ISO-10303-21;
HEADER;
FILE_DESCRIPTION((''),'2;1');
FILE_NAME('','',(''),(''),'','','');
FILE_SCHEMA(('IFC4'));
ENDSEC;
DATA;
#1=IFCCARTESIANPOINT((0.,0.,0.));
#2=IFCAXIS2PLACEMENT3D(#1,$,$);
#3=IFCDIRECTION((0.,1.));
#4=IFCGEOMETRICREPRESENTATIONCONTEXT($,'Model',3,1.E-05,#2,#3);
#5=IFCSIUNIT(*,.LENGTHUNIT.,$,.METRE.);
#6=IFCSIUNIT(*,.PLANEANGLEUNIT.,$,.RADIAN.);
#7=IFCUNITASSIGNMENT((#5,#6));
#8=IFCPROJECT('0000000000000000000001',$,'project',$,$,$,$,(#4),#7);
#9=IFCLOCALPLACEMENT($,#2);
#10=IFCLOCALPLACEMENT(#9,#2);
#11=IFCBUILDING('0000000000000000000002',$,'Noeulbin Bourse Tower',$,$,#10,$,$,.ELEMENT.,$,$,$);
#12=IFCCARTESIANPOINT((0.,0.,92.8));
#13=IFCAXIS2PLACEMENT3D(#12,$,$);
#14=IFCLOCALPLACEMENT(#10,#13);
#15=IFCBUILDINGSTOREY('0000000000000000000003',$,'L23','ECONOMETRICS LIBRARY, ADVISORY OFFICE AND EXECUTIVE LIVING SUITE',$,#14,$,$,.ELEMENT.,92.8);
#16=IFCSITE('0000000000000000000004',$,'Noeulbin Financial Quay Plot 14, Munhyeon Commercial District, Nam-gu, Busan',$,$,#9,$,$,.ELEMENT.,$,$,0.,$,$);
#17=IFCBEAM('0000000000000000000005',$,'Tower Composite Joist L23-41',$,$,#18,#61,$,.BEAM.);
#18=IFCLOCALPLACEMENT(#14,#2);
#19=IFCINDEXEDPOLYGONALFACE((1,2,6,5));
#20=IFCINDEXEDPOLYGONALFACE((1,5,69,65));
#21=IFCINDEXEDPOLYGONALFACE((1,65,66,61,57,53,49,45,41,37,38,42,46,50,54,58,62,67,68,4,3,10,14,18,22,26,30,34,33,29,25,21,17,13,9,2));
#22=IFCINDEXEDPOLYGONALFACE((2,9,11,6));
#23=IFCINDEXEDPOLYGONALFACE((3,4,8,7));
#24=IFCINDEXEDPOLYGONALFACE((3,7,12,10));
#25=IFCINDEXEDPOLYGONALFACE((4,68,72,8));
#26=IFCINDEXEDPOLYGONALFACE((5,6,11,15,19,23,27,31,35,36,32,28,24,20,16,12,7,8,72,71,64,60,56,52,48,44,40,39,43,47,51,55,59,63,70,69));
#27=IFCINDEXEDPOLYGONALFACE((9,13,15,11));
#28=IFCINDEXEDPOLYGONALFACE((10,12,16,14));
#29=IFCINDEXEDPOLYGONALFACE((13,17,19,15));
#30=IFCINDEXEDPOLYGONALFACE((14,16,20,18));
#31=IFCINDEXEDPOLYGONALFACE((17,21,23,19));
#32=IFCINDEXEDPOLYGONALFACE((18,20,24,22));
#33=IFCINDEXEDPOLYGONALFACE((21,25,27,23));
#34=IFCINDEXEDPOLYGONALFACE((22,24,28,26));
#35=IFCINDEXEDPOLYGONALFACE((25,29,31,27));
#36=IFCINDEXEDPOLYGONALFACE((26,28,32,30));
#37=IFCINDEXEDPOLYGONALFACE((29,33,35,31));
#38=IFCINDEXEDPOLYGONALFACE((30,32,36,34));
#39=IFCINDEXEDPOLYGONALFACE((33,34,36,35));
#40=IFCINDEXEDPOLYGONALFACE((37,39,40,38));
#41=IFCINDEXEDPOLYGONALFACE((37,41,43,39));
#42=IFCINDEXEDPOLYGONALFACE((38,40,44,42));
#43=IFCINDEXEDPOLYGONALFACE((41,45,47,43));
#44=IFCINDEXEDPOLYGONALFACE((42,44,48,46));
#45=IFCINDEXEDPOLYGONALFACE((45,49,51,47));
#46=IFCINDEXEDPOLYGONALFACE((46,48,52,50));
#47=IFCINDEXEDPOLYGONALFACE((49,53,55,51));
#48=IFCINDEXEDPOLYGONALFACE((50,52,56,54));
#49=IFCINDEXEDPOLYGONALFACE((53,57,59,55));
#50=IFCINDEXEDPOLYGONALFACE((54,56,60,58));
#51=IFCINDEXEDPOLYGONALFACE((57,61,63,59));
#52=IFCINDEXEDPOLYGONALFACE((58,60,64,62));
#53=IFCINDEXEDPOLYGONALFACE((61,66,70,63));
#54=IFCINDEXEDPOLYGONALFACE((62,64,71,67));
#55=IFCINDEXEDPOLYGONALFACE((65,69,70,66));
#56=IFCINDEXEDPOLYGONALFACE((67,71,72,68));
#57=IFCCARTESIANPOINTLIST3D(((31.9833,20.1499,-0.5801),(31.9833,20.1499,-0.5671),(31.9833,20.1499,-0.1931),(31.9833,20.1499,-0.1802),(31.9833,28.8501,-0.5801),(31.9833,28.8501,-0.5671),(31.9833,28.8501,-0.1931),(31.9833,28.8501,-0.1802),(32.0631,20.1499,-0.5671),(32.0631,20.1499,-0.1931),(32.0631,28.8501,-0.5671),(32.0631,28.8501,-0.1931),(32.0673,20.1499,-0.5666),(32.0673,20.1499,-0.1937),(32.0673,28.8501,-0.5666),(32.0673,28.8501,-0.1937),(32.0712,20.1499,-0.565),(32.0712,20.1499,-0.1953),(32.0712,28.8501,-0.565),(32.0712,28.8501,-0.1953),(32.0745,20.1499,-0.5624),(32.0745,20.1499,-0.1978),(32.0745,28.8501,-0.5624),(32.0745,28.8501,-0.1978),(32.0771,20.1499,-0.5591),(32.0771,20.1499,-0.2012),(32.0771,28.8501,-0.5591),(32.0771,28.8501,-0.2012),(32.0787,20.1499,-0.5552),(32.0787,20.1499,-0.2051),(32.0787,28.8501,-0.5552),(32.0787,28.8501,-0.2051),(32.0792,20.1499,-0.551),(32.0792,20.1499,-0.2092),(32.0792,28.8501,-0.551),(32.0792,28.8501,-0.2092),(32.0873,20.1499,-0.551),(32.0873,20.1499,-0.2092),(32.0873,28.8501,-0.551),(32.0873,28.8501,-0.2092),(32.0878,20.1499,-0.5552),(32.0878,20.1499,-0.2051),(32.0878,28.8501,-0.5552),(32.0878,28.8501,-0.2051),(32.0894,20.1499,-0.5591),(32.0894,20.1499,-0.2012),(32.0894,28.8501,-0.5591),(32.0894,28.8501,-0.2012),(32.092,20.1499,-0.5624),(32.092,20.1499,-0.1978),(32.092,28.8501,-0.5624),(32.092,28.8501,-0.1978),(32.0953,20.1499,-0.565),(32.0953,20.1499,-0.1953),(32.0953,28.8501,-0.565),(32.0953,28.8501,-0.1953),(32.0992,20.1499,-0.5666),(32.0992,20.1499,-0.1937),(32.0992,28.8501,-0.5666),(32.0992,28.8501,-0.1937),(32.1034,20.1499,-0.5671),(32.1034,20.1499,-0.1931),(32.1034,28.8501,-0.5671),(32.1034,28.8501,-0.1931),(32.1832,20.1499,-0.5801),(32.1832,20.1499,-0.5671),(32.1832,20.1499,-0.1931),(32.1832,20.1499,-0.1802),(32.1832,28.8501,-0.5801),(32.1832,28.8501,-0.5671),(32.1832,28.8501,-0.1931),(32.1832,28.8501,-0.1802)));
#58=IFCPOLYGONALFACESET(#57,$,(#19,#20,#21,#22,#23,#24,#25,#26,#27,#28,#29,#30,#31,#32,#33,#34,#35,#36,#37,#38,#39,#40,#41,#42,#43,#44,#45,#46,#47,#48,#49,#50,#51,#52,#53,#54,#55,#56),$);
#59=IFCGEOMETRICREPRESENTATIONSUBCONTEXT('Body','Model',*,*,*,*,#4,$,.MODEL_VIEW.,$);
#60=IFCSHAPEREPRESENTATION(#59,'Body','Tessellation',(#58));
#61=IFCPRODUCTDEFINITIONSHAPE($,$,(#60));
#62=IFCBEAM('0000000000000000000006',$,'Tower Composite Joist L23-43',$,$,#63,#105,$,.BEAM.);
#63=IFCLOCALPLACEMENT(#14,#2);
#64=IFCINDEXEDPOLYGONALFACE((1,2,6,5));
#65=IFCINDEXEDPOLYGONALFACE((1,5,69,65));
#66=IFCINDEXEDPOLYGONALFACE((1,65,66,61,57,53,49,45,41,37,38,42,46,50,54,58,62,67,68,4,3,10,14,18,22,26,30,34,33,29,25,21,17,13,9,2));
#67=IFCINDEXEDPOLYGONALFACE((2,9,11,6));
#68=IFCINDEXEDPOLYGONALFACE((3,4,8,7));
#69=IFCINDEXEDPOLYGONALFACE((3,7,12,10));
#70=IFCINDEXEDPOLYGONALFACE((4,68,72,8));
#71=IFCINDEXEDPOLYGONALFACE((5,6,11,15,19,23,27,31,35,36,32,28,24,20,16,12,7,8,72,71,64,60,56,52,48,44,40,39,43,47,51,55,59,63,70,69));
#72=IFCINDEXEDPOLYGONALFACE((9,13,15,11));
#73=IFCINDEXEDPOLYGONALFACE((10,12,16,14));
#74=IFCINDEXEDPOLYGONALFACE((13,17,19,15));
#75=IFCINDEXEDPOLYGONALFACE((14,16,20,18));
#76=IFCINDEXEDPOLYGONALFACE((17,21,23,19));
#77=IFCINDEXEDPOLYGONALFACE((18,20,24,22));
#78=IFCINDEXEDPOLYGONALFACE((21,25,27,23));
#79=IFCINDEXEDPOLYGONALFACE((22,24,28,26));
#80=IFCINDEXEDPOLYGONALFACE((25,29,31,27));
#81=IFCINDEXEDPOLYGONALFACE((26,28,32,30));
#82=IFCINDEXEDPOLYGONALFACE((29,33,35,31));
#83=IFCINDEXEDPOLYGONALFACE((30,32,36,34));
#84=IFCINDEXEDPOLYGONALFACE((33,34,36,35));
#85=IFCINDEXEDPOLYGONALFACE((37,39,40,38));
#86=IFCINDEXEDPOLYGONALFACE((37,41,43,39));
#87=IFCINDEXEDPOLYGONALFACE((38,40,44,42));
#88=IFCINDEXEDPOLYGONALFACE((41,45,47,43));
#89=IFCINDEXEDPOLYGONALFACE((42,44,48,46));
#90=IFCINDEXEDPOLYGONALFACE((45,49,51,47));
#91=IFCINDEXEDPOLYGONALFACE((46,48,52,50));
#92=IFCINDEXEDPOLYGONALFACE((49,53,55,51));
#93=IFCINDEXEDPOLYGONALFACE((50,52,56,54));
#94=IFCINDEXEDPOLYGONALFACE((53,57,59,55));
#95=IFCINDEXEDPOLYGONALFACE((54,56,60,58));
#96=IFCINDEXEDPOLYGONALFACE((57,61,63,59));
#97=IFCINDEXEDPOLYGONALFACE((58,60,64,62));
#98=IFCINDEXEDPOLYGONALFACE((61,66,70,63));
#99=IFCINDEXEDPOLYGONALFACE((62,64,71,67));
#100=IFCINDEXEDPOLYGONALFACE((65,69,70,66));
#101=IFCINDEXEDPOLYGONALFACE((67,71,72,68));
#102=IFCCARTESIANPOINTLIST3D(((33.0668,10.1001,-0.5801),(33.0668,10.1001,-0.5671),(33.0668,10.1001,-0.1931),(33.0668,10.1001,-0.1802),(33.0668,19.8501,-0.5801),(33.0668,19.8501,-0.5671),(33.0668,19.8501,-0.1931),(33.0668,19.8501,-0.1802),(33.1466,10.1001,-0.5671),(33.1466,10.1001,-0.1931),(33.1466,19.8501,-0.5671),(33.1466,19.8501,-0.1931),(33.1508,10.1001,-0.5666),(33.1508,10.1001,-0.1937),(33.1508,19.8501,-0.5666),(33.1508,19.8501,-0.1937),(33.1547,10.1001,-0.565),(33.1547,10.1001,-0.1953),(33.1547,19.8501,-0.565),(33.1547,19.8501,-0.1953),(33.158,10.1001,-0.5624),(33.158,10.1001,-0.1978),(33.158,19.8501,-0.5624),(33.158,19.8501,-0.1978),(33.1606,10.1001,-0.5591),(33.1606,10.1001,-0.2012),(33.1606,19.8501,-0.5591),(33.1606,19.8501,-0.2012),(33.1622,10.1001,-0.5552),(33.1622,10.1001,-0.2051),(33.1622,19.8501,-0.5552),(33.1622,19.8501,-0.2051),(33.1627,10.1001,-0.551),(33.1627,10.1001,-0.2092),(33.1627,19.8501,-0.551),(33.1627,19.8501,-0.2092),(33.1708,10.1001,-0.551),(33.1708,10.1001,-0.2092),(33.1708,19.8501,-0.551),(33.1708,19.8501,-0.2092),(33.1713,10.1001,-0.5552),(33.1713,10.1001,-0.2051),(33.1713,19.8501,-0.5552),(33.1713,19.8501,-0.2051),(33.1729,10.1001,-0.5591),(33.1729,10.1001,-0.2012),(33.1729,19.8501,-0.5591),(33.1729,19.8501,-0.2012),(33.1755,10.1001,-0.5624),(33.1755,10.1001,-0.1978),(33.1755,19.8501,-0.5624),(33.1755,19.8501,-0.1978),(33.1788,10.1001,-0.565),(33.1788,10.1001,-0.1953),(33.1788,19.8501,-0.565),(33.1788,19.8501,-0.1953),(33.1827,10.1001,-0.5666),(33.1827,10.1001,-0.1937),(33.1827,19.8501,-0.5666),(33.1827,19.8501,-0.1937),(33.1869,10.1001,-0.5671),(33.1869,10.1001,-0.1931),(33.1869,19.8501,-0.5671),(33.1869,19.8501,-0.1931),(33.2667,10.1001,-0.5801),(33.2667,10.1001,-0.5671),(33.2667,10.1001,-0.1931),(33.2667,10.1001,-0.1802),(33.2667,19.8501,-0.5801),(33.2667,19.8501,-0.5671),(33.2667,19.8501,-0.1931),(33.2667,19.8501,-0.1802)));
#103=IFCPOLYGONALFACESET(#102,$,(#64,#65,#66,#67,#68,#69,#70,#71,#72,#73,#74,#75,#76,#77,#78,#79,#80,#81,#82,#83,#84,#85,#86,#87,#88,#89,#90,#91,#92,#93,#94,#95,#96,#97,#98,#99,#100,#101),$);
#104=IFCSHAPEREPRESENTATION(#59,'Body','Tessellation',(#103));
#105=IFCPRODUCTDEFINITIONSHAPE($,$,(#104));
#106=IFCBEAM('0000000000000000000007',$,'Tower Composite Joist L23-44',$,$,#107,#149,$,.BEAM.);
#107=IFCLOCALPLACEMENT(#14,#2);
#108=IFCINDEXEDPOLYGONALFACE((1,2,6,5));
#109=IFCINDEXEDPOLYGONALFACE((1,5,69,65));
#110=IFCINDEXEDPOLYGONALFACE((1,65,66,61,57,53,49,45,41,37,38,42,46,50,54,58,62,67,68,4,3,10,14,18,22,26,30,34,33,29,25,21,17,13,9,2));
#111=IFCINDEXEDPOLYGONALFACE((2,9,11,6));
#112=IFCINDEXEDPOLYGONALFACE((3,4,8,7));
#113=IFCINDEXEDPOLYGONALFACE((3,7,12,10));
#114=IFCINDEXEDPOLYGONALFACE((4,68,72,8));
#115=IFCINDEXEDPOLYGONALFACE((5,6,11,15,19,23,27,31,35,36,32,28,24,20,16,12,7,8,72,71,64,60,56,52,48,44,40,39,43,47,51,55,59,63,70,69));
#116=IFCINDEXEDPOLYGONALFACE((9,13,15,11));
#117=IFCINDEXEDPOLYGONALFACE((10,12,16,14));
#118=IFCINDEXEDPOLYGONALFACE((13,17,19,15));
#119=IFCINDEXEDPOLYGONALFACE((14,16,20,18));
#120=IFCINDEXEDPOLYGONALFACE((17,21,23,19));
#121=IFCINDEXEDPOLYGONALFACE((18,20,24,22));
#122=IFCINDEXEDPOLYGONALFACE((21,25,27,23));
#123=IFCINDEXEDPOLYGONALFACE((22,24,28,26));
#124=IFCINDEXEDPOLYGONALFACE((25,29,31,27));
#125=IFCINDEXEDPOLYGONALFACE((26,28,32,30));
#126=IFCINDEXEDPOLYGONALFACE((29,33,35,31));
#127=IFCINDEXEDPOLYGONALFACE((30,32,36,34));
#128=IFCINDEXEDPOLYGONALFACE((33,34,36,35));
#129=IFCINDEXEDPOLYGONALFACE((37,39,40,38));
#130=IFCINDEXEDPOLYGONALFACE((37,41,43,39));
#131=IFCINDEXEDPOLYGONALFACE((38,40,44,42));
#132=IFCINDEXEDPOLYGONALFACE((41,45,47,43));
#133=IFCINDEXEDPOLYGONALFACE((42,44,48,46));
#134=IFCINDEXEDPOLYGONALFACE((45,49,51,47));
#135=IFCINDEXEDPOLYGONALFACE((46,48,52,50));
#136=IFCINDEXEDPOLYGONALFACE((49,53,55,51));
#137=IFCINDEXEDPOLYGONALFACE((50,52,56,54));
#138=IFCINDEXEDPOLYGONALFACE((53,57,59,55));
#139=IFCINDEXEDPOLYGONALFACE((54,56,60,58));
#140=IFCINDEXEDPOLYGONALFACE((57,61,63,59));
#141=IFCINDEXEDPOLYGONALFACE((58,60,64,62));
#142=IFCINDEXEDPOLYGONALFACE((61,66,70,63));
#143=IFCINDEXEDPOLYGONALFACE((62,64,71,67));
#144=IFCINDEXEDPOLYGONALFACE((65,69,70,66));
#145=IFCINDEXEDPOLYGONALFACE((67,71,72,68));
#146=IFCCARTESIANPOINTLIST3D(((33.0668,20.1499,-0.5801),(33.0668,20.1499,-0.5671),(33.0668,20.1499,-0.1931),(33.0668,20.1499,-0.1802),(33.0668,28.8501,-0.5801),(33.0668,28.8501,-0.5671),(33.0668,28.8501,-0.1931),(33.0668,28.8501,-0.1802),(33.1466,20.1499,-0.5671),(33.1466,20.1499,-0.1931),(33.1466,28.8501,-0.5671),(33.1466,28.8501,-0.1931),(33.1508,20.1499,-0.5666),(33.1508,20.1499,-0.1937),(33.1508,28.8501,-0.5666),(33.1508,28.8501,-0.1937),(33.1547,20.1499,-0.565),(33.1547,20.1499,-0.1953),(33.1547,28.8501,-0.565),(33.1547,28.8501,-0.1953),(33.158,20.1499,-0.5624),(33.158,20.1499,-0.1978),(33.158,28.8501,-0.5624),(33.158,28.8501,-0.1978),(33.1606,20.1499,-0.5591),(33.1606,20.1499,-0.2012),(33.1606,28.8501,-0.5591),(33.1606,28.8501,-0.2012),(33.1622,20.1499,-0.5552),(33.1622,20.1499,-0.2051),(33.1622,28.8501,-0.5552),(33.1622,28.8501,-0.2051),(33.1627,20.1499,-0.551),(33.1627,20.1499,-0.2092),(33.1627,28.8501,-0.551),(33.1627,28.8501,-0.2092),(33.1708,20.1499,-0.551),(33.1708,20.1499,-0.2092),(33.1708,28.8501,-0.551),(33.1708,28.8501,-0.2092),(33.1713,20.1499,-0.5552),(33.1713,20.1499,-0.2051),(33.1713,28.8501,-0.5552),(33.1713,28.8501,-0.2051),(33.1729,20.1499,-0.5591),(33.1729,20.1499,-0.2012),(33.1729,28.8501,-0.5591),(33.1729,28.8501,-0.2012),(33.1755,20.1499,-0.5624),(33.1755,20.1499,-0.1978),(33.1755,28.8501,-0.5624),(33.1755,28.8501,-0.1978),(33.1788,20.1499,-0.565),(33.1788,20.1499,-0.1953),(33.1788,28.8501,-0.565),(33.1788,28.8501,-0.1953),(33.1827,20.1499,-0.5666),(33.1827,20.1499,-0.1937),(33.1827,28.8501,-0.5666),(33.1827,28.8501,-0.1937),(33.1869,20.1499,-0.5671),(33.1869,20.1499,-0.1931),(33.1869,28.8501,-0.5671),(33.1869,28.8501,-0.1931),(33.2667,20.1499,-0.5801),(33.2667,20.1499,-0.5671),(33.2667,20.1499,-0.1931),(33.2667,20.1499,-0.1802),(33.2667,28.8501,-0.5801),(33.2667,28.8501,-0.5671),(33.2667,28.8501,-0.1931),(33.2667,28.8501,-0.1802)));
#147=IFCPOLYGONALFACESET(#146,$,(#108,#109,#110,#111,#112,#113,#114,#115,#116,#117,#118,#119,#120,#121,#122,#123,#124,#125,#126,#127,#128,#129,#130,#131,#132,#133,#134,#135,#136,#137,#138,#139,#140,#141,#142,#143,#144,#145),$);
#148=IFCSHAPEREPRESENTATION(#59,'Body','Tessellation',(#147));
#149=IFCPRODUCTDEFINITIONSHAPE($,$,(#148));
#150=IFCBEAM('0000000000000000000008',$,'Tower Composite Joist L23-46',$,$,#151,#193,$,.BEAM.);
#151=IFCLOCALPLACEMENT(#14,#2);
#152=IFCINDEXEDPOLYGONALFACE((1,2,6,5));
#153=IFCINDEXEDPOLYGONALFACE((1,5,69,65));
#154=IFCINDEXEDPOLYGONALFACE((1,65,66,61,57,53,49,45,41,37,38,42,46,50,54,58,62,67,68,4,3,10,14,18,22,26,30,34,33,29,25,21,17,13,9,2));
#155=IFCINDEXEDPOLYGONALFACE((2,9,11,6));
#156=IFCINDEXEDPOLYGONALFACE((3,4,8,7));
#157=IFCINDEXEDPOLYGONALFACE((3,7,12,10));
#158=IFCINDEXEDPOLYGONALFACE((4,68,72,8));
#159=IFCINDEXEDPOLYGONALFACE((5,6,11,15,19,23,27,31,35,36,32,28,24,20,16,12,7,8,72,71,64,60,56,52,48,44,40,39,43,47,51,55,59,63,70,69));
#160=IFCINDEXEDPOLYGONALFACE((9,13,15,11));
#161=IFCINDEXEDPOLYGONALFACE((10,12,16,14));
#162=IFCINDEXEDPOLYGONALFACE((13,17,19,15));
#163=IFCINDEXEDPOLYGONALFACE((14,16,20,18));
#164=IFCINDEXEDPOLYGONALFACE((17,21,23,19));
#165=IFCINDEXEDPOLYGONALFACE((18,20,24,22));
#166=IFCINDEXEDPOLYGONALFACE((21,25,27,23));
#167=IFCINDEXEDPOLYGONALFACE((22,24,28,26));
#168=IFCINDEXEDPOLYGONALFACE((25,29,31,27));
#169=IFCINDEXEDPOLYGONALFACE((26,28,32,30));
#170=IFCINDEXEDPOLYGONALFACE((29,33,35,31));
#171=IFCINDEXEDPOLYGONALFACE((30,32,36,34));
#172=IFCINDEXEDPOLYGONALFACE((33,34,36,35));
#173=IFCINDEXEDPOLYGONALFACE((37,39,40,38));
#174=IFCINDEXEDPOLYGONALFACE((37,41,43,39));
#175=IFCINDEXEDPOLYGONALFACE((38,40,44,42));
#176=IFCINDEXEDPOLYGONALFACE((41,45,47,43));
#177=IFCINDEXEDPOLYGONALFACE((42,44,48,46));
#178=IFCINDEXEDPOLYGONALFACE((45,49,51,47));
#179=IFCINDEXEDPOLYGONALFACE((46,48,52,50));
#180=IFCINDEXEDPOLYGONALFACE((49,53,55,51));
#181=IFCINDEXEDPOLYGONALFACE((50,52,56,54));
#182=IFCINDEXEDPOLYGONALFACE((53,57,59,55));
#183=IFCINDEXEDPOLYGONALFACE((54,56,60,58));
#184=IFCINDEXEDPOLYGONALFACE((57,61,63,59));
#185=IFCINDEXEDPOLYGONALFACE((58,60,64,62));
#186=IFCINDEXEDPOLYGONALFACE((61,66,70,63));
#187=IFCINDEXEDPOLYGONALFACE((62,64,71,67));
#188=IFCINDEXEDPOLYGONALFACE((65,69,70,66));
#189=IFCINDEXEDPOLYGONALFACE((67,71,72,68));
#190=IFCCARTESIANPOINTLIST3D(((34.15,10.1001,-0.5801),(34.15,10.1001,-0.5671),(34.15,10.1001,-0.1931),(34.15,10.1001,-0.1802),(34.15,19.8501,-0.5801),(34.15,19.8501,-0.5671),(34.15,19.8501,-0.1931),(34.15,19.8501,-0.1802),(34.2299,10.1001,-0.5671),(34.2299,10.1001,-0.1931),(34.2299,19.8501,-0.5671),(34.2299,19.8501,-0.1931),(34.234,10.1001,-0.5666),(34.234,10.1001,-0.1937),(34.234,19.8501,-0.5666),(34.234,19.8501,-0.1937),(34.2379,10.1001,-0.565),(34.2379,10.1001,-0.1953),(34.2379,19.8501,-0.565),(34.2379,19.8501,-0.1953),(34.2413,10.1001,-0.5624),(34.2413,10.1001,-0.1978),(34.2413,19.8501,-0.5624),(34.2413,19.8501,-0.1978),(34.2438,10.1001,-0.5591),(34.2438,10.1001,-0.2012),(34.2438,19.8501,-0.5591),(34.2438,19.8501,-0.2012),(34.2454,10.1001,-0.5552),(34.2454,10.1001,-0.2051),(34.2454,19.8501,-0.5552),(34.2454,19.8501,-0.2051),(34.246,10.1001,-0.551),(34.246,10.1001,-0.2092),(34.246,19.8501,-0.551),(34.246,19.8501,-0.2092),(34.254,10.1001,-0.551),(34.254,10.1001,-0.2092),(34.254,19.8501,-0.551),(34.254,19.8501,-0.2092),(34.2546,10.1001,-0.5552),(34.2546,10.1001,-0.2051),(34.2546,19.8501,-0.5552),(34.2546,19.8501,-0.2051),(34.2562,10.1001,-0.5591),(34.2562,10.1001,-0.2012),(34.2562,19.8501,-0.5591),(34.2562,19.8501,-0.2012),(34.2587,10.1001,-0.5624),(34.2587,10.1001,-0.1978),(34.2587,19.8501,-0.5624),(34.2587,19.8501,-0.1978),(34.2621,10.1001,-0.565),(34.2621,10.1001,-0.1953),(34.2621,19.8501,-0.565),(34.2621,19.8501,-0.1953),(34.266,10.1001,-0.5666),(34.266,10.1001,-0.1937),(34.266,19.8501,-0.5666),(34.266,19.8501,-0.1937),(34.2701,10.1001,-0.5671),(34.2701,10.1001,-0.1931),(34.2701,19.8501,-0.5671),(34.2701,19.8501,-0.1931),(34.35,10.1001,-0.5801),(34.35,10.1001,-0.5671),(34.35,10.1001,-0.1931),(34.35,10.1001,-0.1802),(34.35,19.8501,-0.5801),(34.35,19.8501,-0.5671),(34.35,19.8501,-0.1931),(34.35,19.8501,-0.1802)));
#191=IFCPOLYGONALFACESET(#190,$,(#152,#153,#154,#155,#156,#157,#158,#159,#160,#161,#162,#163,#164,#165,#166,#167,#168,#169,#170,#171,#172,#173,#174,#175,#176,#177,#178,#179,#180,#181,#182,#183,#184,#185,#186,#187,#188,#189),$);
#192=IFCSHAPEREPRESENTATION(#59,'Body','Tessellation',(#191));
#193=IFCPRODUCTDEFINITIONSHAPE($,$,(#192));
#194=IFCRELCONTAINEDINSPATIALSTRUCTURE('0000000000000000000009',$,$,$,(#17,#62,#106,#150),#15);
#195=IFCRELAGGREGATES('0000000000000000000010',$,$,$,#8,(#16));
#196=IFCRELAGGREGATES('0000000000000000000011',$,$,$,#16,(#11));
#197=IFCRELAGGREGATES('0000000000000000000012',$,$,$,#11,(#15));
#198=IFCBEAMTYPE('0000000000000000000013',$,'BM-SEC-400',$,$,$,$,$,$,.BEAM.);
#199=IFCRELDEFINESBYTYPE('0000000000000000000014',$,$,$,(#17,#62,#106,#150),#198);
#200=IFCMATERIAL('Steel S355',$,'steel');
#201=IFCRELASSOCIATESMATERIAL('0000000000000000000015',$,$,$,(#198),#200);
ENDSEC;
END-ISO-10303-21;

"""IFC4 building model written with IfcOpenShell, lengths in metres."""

from ifc_helpers import new_model, si_unit, direction, frame, origin, origin_2d, place, context, subcontext, project, spatial, i_section, extrude, material, material_profile, profile_set, type_object, element, save


model = new_model("IFC4")

# Units and contexts
model_context = context("Model", 3, precision=1e-05, world=origin(), true_north=direction((0.0, 1.0)))
body_context = subcontext(model_context, "Body", "Model", "MODEL_VIEW")
ifc_project = project(units=[si_unit("LENGTHUNIT", "METRE"), si_unit("PLANEANGLEUNIT", "RADIAN")], contexts=[model_context])

# Site, building, storey
site_placement = place(None, origin())
site = spatial("IfcSite", under=ifc_project, at=site_placement, Name="Noeulbin Financial Quay Plot 14, Munhyeon Commercial District, Nam-gu, Busan", CompositionType="ELEMENT", RefElevation=0.0)
building_placement = place(site_placement, origin())
building = spatial("IfcBuilding", under=site, at=building_placement, Name="Noeulbin Bourse Tower", CompositionType="ELEMENT")
storey_placement = place(building_placement, frame((0.0, 0.0, 92.8)))
storey = spatial("IfcBuildingStorey", under=building, at=storey_placement, Name="L23", Description="ECONOMETRICS LIBRARY, ADVISORY OFFICE AND EXECUTIVE LIVING SUITE", CompositionType="ELEMENT", Elevation=92.8)

# Beams
ifc_material_1 = material(Name="Steel S355", Category="steel")
ifc_material_profile_1 = material_profile(ifc_material_1, i_section(OverallWidth=0.2, OverallDepth=0.3999, WebThickness=0.0081, FlangeThickness=0.0129, FilletRadius=0.0161, at=origin_2d()), Name="H-400x200x8x13", Category="LoadBearing")
ifc_profile_set_1 = profile_set([ifc_material_profile_1], Name="Steel S355")
beam_type_1 = type_object("IfcBeamType", Name="BM-SEC-400", PredefinedType="BEAM", material=ifc_profile_set_1)
beam_1_placement = place(storey_placement, frame((32.0833, 20.1499, -0.3801), z_axis=(0.0, 1.0, 0.0), x_axis=(-1.0, 0.0, 0.0)))
element("IfcBeam", 1, at=beam_1_placement, inside=storey, type_object=beam_type_1, Name="Tower Composite Joist L23-41", PredefinedType="BEAM", context=body_context, shape_type="SweptSolid", body=[
    extrude(i_section(OverallWidth=0.2, OverallDepth=0.3999, WebThickness=0.0081, FlangeThickness=0.0129, FilletRadius=0.0161, at=origin_2d()), origin(), (0.0, 0.0, 1.0), 8.7002),
])
beam_2_placement = place(storey_placement, frame((33.1667, 10.1001, -0.3801), z_axis=(0.0, 1.0, 0.0), x_axis=(-1.0, 0.0, 0.0)))
element("IfcBeam", 2, at=beam_2_placement, inside=storey, type_object=beam_type_1, Name="Tower Composite Joist L23-43", PredefinedType="BEAM", context=body_context, shape_type="SweptSolid", body=[
    extrude(i_section(OverallWidth=0.2, OverallDepth=0.3999, WebThickness=0.0081, FlangeThickness=0.0129, FilletRadius=0.0161, at=origin_2d()), origin(), (0.0, 0.0, 1.0), 9.75),
])
beam_3_placement = place(storey_placement, frame((33.1667, 20.1499, -0.3801), z_axis=(0.0, 1.0, 0.0), x_axis=(-1.0, 0.0, 0.0)))
element("IfcBeam", 3, at=beam_3_placement, inside=storey, type_object=beam_type_1, Name="Tower Composite Joist L23-44", PredefinedType="BEAM", context=body_context, shape_type="SweptSolid", body=[
    extrude(i_section(OverallWidth=0.2, OverallDepth=0.3999, WebThickness=0.0081, FlangeThickness=0.0129, FilletRadius=0.0161, at=origin_2d()), origin(), (0.0, 0.0, 1.0), 8.7002),
])
beam_4_placement = place(storey_placement, frame((34.25, 10.1001, -0.3801), z_axis=(0.0, 1.0, 0.0), x_axis=(-1.0, 0.0, 0.0)))
element("IfcBeam", 4, at=beam_4_placement, inside=storey, type_object=beam_type_1, Name="Tower Composite Joist L23-46", PredefinedType="BEAM", context=body_context, shape_type="SweptSolid", body=[
    extrude(i_section(OverallWidth=0.2, OverallDepth=0.3999, WebThickness=0.0081, FlangeThickness=0.0129, FilletRadius=0.0161, at=origin_2d()), origin(), (0.0, 0.0, 1.0), 9.75),
])

save(model, "model.ifc")
